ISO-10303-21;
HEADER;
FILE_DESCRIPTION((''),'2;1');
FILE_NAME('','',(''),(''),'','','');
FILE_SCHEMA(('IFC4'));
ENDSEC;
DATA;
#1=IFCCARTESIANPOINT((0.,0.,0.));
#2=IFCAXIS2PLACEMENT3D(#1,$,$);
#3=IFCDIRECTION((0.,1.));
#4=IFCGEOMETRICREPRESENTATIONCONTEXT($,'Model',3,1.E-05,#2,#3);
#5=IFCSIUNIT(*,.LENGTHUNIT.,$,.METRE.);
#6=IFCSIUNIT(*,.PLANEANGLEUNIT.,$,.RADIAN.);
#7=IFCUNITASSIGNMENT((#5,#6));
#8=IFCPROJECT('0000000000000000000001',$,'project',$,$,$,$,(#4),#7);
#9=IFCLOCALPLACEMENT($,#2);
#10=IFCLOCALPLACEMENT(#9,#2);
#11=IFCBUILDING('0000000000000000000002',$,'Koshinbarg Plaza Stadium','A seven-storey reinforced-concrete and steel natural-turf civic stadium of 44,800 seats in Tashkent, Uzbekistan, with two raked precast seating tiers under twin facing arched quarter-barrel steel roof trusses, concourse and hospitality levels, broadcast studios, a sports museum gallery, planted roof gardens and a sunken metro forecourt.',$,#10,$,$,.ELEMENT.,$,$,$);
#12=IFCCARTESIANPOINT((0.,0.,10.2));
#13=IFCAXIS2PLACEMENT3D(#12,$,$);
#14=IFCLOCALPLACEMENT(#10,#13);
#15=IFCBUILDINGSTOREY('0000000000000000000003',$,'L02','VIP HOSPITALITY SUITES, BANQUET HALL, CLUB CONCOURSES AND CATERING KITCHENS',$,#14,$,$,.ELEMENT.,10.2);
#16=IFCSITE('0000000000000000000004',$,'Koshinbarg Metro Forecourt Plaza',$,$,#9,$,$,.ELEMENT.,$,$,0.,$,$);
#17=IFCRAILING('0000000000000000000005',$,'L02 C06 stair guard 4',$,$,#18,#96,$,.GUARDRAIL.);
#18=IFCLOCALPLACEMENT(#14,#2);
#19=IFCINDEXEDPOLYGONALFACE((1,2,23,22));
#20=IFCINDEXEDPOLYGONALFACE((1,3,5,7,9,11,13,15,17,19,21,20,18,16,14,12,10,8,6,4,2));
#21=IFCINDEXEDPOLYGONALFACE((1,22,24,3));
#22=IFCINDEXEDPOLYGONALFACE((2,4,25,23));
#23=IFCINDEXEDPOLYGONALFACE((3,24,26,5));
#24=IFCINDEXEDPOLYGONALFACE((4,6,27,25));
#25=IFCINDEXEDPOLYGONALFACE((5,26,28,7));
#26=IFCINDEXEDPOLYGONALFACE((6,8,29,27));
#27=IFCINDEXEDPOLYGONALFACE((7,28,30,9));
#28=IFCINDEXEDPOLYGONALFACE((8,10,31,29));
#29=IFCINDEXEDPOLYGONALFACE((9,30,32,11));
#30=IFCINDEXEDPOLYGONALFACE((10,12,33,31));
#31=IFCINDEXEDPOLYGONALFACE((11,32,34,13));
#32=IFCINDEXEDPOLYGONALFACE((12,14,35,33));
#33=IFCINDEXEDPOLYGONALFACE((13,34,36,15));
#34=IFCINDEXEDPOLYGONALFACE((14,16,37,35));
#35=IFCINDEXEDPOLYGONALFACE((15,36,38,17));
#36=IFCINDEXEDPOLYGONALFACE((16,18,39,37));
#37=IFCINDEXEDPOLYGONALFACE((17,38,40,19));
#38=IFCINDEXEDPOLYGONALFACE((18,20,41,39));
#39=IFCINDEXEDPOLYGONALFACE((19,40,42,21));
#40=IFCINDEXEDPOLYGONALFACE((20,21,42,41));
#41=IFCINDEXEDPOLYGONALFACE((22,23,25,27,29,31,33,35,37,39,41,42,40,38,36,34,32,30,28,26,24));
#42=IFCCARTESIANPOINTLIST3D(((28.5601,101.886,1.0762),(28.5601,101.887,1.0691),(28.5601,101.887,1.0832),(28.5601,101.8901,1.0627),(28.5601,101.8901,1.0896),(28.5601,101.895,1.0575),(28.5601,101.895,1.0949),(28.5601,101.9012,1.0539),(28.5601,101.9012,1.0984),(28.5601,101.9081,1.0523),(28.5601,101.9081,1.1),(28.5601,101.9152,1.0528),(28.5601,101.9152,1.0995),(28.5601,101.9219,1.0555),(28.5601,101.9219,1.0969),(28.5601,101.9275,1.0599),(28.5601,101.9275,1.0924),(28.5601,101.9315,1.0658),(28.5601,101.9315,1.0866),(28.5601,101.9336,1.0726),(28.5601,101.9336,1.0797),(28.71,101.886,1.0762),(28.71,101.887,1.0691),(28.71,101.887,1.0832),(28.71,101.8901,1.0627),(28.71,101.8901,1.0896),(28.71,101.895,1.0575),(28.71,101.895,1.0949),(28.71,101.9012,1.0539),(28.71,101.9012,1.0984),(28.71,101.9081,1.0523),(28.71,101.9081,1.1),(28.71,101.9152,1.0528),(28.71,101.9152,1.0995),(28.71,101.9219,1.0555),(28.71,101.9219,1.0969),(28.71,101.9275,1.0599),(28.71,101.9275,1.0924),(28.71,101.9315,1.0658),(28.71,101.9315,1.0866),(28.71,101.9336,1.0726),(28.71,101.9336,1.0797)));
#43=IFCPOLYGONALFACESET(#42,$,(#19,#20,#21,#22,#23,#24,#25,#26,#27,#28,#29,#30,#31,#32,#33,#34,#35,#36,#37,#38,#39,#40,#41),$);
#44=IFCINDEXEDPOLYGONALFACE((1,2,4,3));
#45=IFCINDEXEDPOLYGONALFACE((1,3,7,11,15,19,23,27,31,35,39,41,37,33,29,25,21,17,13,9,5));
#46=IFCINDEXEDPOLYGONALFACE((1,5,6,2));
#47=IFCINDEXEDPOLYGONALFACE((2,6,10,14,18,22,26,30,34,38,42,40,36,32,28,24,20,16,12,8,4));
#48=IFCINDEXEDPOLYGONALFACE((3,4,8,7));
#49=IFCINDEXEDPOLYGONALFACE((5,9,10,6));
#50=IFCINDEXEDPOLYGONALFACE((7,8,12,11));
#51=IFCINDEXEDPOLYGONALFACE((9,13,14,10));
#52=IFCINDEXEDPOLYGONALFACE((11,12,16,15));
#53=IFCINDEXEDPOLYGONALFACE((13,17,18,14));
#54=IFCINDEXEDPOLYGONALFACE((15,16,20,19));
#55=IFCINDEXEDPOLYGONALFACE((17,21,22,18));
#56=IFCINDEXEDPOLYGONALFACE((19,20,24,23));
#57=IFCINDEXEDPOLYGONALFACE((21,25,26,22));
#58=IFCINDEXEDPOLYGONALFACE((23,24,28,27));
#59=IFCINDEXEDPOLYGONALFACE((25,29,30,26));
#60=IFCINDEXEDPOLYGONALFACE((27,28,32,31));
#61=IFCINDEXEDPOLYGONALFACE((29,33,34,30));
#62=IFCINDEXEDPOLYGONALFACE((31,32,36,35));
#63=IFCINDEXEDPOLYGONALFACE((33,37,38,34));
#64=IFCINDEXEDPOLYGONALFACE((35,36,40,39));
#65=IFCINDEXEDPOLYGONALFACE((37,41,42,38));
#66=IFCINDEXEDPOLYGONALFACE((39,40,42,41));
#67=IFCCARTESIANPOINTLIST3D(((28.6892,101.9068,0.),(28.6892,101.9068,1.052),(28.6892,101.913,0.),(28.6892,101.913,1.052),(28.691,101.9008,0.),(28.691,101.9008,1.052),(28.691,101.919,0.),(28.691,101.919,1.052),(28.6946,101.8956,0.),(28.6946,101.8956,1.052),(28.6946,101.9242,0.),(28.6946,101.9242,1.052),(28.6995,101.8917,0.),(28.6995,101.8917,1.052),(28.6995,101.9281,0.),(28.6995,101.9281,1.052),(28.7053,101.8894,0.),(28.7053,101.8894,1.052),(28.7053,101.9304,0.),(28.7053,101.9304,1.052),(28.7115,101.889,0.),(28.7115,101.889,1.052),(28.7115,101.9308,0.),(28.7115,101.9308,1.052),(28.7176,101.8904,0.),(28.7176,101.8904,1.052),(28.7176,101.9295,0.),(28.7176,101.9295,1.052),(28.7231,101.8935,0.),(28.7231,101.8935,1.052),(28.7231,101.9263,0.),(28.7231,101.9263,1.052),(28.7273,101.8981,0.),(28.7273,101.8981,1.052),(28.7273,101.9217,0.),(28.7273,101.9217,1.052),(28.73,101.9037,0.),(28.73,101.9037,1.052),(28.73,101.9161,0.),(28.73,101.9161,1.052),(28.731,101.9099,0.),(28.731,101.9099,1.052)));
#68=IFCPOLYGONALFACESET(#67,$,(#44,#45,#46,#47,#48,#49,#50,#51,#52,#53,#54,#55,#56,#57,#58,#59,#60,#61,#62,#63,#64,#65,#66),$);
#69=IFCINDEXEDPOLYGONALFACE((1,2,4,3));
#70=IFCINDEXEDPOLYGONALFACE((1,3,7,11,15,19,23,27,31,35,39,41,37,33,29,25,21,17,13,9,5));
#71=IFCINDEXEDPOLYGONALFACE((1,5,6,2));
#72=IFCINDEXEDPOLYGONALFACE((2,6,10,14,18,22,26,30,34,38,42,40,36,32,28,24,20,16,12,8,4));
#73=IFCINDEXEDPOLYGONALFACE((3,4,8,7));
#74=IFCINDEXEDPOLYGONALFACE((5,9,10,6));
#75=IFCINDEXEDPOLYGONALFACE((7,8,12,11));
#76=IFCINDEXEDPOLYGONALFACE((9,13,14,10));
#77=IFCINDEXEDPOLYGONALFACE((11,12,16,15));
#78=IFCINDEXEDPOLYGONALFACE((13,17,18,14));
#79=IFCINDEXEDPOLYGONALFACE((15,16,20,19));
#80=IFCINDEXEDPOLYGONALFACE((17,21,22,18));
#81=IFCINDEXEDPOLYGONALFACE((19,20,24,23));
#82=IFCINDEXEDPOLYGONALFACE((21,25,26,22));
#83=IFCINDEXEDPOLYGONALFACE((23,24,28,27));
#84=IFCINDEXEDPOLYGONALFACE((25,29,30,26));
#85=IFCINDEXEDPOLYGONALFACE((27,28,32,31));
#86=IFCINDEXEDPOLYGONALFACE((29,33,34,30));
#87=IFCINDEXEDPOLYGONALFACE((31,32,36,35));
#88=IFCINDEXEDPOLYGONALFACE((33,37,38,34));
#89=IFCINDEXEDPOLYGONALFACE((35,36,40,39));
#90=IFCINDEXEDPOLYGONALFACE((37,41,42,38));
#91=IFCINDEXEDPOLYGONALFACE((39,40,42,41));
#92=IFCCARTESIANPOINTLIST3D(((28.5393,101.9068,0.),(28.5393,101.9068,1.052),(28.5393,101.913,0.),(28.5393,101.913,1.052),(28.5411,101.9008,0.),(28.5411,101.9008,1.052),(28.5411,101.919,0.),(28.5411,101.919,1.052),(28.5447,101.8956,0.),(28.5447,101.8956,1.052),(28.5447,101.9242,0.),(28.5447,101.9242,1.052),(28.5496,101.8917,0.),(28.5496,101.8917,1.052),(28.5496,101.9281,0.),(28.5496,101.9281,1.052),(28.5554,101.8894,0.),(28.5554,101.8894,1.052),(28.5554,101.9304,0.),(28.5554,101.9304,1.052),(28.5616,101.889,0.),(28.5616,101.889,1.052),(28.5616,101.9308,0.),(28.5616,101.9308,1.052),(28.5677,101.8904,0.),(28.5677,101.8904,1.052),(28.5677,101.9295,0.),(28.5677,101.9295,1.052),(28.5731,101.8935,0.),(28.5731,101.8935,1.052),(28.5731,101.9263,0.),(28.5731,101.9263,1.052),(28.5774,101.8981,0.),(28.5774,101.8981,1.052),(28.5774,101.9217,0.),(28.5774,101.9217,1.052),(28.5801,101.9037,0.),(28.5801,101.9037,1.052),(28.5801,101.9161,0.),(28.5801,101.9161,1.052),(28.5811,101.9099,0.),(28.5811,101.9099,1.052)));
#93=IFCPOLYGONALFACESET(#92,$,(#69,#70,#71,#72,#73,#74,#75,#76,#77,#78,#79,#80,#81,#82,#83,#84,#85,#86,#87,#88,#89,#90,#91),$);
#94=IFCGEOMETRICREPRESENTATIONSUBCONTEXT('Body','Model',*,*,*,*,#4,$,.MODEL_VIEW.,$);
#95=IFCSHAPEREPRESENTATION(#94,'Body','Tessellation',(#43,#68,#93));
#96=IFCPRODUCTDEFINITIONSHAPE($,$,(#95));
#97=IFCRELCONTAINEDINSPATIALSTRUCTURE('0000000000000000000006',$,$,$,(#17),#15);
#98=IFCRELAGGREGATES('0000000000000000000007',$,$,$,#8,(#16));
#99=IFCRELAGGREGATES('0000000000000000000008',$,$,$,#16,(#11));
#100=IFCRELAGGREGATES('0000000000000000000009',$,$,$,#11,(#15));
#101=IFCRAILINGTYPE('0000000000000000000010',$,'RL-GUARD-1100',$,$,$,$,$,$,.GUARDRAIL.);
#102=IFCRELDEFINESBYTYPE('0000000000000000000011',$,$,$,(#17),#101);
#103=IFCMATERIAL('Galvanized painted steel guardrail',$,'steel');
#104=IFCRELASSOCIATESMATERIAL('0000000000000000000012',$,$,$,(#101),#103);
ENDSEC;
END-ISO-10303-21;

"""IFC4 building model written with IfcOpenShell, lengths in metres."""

from ifc_helpers import new_model, si_unit, direction, frame, origin, origin_2d, place, context, subcontext, project, spatial, circle, extrude, material, type_object, element, save


model = new_model("IFC4")

# Units and contexts
model_context = context("Model", 3, precision=1e-05, world=origin(), true_north=direction((0.0, 1.0)))
body_context = subcontext(model_context, "Body", "Model", "MODEL_VIEW")
ifc_project = project(units=[si_unit("LENGTHUNIT", "METRE"), si_unit("PLANEANGLEUNIT", "RADIAN")], contexts=[model_context])

# Site, building, storey
site_placement = place(None, origin())
site = spatial("IfcSite", under=ifc_project, at=site_placement, Name="Koshinbarg Metro Forecourt Plaza", CompositionType="ELEMENT", RefElevation=0.0)
building_placement = place(site_placement, origin())
building = spatial("IfcBuilding", under=site, at=building_placement, Name="Koshinbarg Plaza Stadium", Description="A seven-storey reinforced-concrete and steel natural-turf civic stadium of 44,800 seats in Tashkent, Uzbekistan, with two raked precast seating tiers under twin facing arched quarter-barrel steel roof trusses, concourse and hospitality levels, broadcast studios, a sports museum gallery, planted roof gardens and a sunken metro forecourt.", CompositionType="ELEMENT")
storey_placement = place(building_placement, frame((0.0, 0.0, 10.2)))
storey = spatial("IfcBuildingStorey", under=building, at=storey_placement, Name="L02", Description="VIP HOSPITALITY SUITES, BANQUET HALL, CLUB CONCOURSES AND CATERING KITCHENS", CompositionType="ELEMENT", Elevation=10.2)

# Railing
ifc_material_1 = material(Name="Galvanized painted steel guardrail", Category="steel")
railing_type_1 = type_object("IfcRailingType", Name="RL-GUARD-1100", PredefinedType="GUARDRAIL", material=ifc_material_1)
railing_1_placement = place(storey_placement, frame((28.71, 101.9099, 0.0)))
element("IfcRailing", 1, at=railing_1_placement, inside=storey, type_object=railing_type_1, Name="L02 C06 stair guard 4", PredefinedType="GUARDRAIL", context=body_context, shape_type="SweptSolid", body=[
    extrude(circle(Radius=0.0239, at=origin_2d()), frame((0.0, 0.0, 1.0762), z_axis=(-1.0, 0.0, 0.0), x_axis=(0.0, -1.0, 0.0)), (0.0, 0.0, 1.0), 0.1499),
    extrude(circle(Radius=0.021, at=origin_2d()), origin(), (0.0, 0.0, 1.0), 1.052),
    extrude(circle(Radius=0.021, at=origin_2d()), frame((-0.1499, 0.0, 0.0)), (0.0, 0.0, 1.0), 1.052),
])

save(model, "model.ifc")
